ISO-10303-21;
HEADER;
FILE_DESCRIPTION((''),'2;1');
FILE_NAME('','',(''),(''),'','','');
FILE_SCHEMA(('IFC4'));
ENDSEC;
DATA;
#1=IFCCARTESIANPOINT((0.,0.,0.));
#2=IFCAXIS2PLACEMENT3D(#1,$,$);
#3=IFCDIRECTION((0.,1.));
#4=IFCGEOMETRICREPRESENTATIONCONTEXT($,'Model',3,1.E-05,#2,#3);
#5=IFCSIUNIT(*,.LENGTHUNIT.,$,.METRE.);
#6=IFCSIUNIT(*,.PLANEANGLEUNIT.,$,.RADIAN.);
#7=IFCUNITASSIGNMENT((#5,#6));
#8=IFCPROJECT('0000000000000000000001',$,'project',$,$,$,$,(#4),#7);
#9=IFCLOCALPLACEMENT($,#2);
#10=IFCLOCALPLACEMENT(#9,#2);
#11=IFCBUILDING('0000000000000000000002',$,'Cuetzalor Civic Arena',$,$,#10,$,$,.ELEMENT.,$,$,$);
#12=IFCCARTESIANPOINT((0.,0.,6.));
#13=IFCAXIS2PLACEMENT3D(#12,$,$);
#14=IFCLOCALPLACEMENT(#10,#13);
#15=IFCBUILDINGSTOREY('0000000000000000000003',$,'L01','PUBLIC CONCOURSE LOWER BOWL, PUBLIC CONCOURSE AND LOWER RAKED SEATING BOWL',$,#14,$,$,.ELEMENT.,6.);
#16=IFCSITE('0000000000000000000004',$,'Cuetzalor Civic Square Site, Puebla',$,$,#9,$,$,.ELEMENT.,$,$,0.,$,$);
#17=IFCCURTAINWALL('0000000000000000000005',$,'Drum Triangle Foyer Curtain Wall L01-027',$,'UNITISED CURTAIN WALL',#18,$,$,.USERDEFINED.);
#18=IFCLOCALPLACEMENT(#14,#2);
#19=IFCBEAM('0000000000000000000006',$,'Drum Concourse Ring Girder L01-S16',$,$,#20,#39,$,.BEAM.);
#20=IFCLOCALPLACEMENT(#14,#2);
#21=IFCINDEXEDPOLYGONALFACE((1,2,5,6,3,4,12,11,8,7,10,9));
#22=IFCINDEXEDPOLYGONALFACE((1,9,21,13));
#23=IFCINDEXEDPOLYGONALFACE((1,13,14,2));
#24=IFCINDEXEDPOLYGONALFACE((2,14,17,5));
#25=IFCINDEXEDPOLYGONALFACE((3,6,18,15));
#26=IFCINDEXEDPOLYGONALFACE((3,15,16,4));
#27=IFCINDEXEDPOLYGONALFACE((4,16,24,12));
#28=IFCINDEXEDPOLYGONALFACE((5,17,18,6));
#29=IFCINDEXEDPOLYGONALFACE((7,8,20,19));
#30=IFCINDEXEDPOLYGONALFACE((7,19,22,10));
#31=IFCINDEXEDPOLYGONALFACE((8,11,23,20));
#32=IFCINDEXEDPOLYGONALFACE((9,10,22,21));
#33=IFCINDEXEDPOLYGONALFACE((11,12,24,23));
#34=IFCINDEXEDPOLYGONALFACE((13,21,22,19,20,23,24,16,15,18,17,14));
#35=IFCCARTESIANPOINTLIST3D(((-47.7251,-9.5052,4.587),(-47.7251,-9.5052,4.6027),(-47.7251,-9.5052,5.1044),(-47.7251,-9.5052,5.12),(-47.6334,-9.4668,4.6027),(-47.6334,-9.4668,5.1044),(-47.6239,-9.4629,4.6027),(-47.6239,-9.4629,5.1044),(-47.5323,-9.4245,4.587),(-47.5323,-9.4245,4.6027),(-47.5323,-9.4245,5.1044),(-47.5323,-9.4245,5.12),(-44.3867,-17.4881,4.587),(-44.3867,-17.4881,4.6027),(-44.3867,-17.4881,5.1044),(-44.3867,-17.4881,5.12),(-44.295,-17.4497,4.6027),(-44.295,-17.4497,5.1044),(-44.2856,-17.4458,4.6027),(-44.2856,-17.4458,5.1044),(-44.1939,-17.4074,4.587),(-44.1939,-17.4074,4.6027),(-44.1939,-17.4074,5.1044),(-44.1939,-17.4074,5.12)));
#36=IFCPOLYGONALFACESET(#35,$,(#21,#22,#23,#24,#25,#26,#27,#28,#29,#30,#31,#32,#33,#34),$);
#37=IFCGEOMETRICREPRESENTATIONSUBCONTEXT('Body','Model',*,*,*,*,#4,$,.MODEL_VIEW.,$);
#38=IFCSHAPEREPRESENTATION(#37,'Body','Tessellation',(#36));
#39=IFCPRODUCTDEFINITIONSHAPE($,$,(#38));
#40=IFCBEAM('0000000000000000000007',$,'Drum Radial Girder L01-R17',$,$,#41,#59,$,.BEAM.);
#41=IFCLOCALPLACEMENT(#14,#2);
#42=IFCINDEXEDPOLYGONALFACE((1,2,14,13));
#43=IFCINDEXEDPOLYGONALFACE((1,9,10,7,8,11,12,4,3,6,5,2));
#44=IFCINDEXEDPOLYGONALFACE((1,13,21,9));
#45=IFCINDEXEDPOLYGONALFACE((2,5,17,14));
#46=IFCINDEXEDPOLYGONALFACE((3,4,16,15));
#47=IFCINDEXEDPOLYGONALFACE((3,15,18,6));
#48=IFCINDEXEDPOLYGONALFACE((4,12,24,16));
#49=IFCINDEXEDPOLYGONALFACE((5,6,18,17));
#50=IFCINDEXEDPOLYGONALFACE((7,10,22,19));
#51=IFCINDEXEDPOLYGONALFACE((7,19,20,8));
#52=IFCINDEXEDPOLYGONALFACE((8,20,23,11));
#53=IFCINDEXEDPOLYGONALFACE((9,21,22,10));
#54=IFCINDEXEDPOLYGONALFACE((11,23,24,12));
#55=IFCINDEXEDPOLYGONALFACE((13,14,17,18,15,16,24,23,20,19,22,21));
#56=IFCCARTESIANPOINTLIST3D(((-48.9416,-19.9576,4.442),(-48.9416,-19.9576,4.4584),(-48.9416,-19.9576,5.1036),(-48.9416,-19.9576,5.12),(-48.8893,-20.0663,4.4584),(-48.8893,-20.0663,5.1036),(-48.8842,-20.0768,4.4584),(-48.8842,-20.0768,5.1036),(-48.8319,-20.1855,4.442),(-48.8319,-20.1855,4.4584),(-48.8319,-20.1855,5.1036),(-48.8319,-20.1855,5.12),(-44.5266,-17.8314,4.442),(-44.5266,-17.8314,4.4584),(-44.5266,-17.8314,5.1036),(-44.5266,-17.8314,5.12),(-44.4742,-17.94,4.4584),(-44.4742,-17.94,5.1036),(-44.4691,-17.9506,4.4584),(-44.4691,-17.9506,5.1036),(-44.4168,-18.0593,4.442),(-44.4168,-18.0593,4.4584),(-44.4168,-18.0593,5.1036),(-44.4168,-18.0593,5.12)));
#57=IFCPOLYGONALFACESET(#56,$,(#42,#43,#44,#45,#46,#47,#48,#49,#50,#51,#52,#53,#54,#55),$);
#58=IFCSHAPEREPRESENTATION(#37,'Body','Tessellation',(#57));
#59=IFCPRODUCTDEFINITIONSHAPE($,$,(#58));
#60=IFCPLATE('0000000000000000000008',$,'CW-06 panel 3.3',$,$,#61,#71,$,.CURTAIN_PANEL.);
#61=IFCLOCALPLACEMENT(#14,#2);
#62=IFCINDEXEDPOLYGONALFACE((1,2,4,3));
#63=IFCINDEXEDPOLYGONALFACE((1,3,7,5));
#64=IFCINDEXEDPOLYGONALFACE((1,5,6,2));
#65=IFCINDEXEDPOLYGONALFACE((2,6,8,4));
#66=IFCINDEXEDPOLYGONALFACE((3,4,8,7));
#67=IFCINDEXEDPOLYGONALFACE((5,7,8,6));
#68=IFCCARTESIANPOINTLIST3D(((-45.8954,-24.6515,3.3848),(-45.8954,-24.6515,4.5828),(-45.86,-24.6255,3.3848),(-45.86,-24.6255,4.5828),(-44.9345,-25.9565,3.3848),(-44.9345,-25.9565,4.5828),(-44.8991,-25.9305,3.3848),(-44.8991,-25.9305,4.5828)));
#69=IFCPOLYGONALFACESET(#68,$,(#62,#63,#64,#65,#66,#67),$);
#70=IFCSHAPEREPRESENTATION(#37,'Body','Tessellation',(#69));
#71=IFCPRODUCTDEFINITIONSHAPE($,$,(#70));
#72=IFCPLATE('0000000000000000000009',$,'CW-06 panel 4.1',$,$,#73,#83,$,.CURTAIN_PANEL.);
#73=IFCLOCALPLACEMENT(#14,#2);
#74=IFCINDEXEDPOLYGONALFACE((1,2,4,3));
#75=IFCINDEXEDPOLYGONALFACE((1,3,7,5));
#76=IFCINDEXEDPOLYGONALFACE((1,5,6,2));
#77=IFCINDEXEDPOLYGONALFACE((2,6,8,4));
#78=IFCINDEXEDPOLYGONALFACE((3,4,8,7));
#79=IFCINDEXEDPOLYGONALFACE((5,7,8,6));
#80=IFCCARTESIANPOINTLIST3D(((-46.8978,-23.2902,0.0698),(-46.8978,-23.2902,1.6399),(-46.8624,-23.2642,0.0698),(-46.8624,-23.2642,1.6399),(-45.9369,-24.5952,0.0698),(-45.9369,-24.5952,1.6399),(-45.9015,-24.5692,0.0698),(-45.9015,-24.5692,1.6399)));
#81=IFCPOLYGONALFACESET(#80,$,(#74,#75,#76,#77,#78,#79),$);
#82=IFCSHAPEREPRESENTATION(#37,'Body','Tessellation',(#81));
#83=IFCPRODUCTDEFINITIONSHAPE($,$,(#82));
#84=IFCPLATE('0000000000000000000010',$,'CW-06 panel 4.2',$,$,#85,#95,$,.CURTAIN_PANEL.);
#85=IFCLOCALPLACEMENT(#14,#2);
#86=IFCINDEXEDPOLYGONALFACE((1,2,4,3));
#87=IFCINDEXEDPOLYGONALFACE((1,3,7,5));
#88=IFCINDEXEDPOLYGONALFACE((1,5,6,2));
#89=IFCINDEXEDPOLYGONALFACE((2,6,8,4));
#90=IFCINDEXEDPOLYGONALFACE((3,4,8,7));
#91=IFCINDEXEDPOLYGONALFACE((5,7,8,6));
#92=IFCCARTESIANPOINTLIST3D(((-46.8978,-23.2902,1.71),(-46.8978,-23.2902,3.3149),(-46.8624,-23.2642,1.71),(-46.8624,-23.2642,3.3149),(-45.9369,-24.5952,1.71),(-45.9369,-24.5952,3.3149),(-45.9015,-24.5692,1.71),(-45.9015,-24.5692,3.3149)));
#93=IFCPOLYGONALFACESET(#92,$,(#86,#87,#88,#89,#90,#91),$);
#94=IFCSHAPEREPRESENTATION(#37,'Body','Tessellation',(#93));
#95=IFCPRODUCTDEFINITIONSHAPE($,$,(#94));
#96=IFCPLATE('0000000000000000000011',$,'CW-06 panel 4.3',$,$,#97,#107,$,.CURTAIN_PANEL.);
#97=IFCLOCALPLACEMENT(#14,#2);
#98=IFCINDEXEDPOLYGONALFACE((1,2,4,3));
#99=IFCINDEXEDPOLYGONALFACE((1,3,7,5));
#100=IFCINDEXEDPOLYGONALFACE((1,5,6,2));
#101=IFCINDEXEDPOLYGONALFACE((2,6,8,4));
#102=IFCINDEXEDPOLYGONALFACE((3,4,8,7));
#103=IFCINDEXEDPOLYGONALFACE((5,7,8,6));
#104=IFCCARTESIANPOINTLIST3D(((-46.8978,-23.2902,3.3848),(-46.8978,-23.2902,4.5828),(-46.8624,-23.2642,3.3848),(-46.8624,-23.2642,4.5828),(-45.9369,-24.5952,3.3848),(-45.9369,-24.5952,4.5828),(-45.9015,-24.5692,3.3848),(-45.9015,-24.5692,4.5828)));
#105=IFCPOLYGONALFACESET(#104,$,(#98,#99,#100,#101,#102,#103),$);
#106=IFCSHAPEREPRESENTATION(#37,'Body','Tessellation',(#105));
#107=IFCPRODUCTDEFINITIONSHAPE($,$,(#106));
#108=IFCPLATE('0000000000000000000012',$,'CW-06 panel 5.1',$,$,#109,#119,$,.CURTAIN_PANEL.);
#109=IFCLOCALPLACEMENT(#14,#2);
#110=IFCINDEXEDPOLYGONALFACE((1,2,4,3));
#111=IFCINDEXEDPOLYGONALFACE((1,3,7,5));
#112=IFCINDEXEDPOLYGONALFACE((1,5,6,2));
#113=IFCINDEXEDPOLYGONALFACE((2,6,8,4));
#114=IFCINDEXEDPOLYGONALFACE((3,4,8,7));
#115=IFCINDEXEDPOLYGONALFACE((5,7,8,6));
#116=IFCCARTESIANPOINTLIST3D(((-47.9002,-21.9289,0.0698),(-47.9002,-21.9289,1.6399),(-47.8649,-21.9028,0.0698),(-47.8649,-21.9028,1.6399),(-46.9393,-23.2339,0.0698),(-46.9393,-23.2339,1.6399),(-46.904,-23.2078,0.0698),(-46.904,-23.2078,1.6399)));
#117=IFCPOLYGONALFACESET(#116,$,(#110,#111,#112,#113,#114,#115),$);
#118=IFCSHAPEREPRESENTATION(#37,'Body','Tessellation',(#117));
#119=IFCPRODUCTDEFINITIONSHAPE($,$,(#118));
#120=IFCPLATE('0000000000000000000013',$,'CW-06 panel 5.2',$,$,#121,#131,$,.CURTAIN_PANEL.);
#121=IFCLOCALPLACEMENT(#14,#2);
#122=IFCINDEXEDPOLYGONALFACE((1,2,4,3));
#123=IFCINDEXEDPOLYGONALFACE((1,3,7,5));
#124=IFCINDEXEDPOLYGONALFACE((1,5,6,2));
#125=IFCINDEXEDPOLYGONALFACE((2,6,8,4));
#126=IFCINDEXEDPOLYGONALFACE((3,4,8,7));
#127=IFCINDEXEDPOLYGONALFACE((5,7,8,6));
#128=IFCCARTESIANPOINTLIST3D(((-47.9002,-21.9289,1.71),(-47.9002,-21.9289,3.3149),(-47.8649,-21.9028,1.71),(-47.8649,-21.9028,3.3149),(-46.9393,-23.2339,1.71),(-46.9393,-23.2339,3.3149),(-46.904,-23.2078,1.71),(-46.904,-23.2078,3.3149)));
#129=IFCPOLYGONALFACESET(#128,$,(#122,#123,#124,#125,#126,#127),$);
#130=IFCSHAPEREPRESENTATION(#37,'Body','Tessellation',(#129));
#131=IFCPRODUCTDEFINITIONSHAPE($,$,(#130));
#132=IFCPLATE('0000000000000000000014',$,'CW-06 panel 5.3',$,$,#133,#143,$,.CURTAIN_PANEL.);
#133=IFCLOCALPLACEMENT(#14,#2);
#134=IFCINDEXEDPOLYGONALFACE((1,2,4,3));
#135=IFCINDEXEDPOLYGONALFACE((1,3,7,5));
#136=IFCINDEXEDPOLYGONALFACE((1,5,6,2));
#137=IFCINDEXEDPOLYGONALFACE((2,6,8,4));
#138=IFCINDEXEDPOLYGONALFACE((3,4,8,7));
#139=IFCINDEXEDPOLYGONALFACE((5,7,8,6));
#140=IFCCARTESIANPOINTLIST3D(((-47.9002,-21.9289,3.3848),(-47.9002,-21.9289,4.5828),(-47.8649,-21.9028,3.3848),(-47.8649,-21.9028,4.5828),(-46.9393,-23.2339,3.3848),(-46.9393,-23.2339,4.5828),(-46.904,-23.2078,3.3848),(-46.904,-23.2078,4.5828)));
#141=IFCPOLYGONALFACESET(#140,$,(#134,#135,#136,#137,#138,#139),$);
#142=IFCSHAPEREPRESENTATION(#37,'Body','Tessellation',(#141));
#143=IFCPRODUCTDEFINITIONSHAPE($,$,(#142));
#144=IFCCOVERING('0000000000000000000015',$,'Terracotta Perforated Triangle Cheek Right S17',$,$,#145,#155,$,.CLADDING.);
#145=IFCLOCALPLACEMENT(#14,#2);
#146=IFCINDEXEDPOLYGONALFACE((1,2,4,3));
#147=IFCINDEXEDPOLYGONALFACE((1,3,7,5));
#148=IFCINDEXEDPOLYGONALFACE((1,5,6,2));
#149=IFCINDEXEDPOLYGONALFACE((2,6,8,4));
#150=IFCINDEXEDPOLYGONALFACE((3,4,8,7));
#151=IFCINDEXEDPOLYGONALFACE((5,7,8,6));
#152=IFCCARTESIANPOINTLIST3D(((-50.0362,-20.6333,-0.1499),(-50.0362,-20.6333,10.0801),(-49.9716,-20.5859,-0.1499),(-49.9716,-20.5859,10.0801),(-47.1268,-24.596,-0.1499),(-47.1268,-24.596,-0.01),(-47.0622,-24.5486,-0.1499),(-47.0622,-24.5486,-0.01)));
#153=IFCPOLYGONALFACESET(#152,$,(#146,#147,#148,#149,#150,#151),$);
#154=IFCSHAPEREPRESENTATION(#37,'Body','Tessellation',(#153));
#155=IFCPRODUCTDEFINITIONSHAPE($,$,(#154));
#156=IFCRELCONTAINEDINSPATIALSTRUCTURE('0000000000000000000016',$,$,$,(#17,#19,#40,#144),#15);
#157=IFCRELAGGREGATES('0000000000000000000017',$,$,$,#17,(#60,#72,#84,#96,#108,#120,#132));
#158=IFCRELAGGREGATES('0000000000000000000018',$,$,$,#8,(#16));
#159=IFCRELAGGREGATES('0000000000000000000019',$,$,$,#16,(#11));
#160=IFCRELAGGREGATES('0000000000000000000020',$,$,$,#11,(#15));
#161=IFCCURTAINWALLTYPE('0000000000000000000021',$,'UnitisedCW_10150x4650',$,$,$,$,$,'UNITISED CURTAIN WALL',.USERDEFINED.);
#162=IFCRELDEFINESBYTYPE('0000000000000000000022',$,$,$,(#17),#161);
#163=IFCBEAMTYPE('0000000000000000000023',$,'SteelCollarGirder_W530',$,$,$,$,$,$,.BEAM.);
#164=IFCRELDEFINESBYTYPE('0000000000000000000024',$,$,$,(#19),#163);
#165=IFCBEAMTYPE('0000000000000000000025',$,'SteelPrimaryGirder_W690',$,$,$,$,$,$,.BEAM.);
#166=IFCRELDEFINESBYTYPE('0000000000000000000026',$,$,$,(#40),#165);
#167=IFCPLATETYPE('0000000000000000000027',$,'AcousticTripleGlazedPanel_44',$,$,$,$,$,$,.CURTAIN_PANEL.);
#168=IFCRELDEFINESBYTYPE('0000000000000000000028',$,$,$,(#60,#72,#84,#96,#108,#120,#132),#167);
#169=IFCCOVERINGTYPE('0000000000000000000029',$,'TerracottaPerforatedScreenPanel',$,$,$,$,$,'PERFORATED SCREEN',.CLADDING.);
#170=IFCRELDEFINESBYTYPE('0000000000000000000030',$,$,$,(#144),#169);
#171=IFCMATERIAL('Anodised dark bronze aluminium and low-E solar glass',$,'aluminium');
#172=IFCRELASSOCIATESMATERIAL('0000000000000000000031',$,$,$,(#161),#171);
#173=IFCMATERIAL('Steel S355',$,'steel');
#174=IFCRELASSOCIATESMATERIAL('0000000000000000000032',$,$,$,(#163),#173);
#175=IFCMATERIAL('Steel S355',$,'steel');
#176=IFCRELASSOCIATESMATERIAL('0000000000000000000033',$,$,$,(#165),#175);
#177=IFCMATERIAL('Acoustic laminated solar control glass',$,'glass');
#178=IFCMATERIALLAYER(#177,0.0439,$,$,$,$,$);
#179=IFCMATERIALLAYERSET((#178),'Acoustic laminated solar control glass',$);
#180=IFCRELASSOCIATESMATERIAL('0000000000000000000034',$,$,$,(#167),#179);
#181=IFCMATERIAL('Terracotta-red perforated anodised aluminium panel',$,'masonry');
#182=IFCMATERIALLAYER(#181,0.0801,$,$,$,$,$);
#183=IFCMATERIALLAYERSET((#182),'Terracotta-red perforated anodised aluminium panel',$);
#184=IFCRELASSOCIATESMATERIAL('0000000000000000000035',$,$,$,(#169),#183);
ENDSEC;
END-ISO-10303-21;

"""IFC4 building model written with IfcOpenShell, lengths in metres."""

from ifc_helpers import new_model, si_unit, direction, frame, origin, origin_2d, place, context, subcontext, project, spatial, polyline, rectangle, i_section, outline, extrude, material, layer, layer_set, material_profile, profile_set, type_object, element, aggregate, save


model = new_model("IFC4")

# Units and contexts
model_context = context("Model", 3, precision=1e-05, world=origin(), true_north=direction((0.0, 1.0)))
body_context = subcontext(model_context, "Body", "Model", "MODEL_VIEW")
ifc_project = project(units=[si_unit("LENGTHUNIT", "METRE"), si_unit("PLANEANGLEUNIT", "RADIAN")], contexts=[model_context])

# Site, building, storey
site_placement = place(None, origin())
site = spatial("IfcSite", under=ifc_project, at=site_placement, Name="Cuetzalor Civic Square Site, Puebla", CompositionType="ELEMENT", RefElevation=0.0)
building_placement = place(site_placement, origin())
building = spatial("IfcBuilding", under=site, at=building_placement, Name="Cuetzalor Civic Arena", CompositionType="ELEMENT")
storey_placement = place(building_placement, frame((0.0, 0.0, 6.0)))
storey = spatial("IfcBuildingStorey", under=building, at=storey_placement, Name="L01", Description="PUBLIC CONCOURSE LOWER BOWL, PUBLIC CONCOURSE AND LOWER RAKED SEATING BOWL", CompositionType="ELEMENT", Elevation=6.0)

# Curtain wall
ifc_material_1 = material(Name="Anodised dark bronze aluminium and low-E solar glass", Category="aluminium")
curtain_wall_type = type_object("IfcCurtainWallType", Name="UnitisedCW_10150x4650", ElementType="UNITISED CURTAIN WALL", PredefinedType="USERDEFINED", material=ifc_material_1)
curtain_wall_placement = place(storey_placement, origin())
curtain_wall = element("IfcCurtainWall", 1, at=curtain_wall_placement, inside=storey, type_object=curtain_wall_type, Name="Drum Triangle Foyer Curtain Wall L01-027", ObjectType="UNITISED CURTAIN WALL", PredefinedType="USERDEFINED")

# Beams
ifc_material_2 = material(Name="Steel S355", Category="steel")
ifc_material_profile_1 = material_profile(ifc_material_2, i_section(OverallWidth=0.209, OverallDepth=0.533, WebThickness=0.0103, FlangeThickness=0.0156, at=origin_2d()), Name="W530x92")
ifc_profile_set_1 = profile_set([ifc_material_profile_1], Name="Steel S355")
beam_type_1 = type_object("IfcBeamType", Name="SteelCollarGirder_W530", PredefinedType="BEAM", material=ifc_profile_set_1)
beam_1_placement = place(storey_placement, frame((-47.6287, -9.4648, 4.8535), z_axis=(0.385813, -0.922577, 0.0), x_axis=(0.922577, 0.385813, 0.0)))
element("IfcBeam", 2, at=beam_1_placement, inside=storey, type_object=beam_type_1, Name="Drum Concourse Ring Girder L01-S16", PredefinedType="BEAM", context=body_context, shape_type="SweptSolid", body=[
    extrude(i_section(OverallWidth=0.209, OverallDepth=0.533, WebThickness=0.0103, FlangeThickness=0.0156, at=origin_2d()), origin(), (0.0, 0.0, 1.0), 8.6528),
])
ifc_material_3 = material(Name="Steel S355", Category="steel")
ifc_material_profile_2 = material_profile(ifc_material_3, i_section(OverallWidth=0.2529, OverallDepth=0.678, WebThickness=0.0117, FlangeThickness=0.0164, at=origin_2d()), Name="W690x125")
ifc_profile_set_2 = profile_set([ifc_material_profile_2], Name="Steel S355")
beam_type_2 = type_object("IfcBeamType", Name="SteelPrimaryGirder_W690", PredefinedType="BEAM", material=ifc_profile_set_2)
beam_2_placement = place(storey_placement, frame((-44.4717, -17.9453, 4.781), z_axis=(-0.900965, -0.433892, 0.0), x_axis=(0.433892, -0.900965, 0.0)))
element("IfcBeam", 3, at=beam_2_placement, inside=storey, type_object=beam_type_2, Name="Drum Radial Girder L01-R17", PredefinedType="BEAM", context=body_context, shape_type="SweptSolid", body=[
    extrude(i_section(OverallWidth=0.2529, OverallDepth=0.678, WebThickness=0.0117, FlangeThickness=0.0164, at=origin_2d()), origin(), (0.0, 0.0, 1.0), 4.9004),
])

# Plates
ifc_material_4 = material(Name="Acoustic laminated solar control glass", Category="glass")
ifc_layer_1 = layer(ifc_material_4, 0.0439)
ifc_layer_set_1 = layer_set([ifc_layer_1], Name="Acoustic laminated solar control glass")
plate_type = type_object("IfcPlateType", Name="AcousticTripleGlazedPanel_44", PredefinedType="CURTAIN_PANEL", material=ifc_layer_set_1)
plate_1_placement = place(storey_placement, frame((-45.3972, -25.291, 3.3848), z_axis=(0.0, 0.0, 1.0), x_axis=(-0.592929, 0.805255, 0.0)))
plate_1 = element("IfcPlate", 4, at=plate_1_placement, type_object=plate_type, Name="CW-06 panel 3.3", PredefinedType="CURTAIN_PANEL", context=body_context, shape_type="SweptSolid", body=[
    extrude(rectangle(XDim=1.6206, YDim=0.0439, at=origin_2d()), origin(), (0.0, 0.0, 1.0), 1.198),
])
plate_2_placement = place(storey_placement, frame((-46.3997, -23.9297, 0.0698), z_axis=(0.0, 0.0, 1.0), x_axis=(-0.592929, 0.805255, 0.0)))
plate_2 = element("IfcPlate", 5, at=plate_2_placement, type_object=plate_type, Name="CW-06 panel 4.1", PredefinedType="CURTAIN_PANEL", context=body_context, shape_type="SweptSolid", body=[
    extrude(rectangle(XDim=1.6206, YDim=0.0439, at=origin_2d()), origin(), (0.0, 0.0, 1.0), 1.5701),
])
plate_3_placement = place(storey_placement, frame((-46.3997, -23.9297, 1.71), z_axis=(0.0, 0.0, 1.0), x_axis=(-0.592929, 0.805255, 0.0)))
plate_3 = element("IfcPlate", 6, at=plate_3_placement, type_object=plate_type, Name="CW-06 panel 4.2", PredefinedType="CURTAIN_PANEL", context=body_context, shape_type="SweptSolid", body=[
    extrude(rectangle(XDim=1.6206, YDim=0.0439, at=origin_2d()), origin(), (0.0, 0.0, 1.0), 1.605),
])
plate_4_placement = place(storey_placement, frame((-46.3997, -23.9297, 3.3848), z_axis=(0.0, 0.0, 1.0), x_axis=(-0.592929, 0.805255, 0.0)))
plate_4 = element("IfcPlate", 7, at=plate_4_placement, type_object=plate_type, Name="CW-06 panel 4.3", PredefinedType="CURTAIN_PANEL", context=body_context, shape_type="SweptSolid", body=[
    extrude(rectangle(XDim=1.6206, YDim=0.0439, at=origin_2d()), origin(), (0.0, 0.0, 1.0), 1.198),
])
plate_5_placement = place(storey_placement, frame((-47.4021, -22.5684, 0.0698), z_axis=(0.0, 0.0, 1.0), x_axis=(-0.592929, 0.805255, 0.0)))
plate_5 = element("IfcPlate", 8, at=plate_5_placement, type_object=plate_type, Name="CW-06 panel 5.1", PredefinedType="CURTAIN_PANEL", context=body_context, shape_type="SweptSolid", body=[
    extrude(rectangle(XDim=1.6206, YDim=0.0439, at=origin_2d()), origin(), (0.0, 0.0, 1.0), 1.5701),
])
plate_6_placement = place(storey_placement, frame((-47.4021, -22.5684, 1.71), z_axis=(0.0, 0.0, 1.0), x_axis=(-0.592929, 0.805255, 0.0)))
plate_6 = element("IfcPlate", 9, at=plate_6_placement, type_object=plate_type, Name="CW-06 panel 5.2", PredefinedType="CURTAIN_PANEL", context=body_context, shape_type="SweptSolid", body=[
    extrude(rectangle(XDim=1.6206, YDim=0.0439, at=origin_2d()), origin(), (0.0, 0.0, 1.0), 1.605),
])
plate_7_placement = place(storey_placement, frame((-47.4021, -22.5684, 3.3848), z_axis=(0.0, 0.0, 1.0), x_axis=(-0.592929, 0.805255, 0.0)))
plate_7 = element("IfcPlate", 10, at=plate_7_placement, type_object=plate_type, Name="CW-06 panel 5.3", PredefinedType="CURTAIN_PANEL", context=body_context, shape_type="SweptSolid", body=[
    extrude(rectangle(XDim=1.6206, YDim=0.0439, at=origin_2d()), origin(), (0.0, 0.0, 1.0), 1.198),
])
aggregate(curtain_wall, [plate_1, plate_2, plate_3, plate_4, plate_5, plate_6, plate_7])

# Covering
ifc_material_5 = material(Name="Terracotta-red perforated anodised aluminium panel", Category="masonry")
ifc_layer_2 = layer(ifc_material_5, 0.0801)
ifc_layer_set_2 = layer_set([ifc_layer_2], Name="Terracotta-red perforated anodised aluminium panel")
covering_type = type_object("IfcCoveringType", Name="TerracottaPerforatedScreenPanel", ElementType="PERFORATED SCREEN", PredefinedType="CLADDING", material=ifc_layer_set_2)
covering_placement = place(storey_placement, frame((-47.0945, -24.5723, -0.1499), z_axis=(0.0, 0.0, 1.0), x_axis=(-0.591824, 0.806067, 0.0)))
element("IfcCovering", 11, at=covering_placement, inside=storey, type_object=covering_type, Name="Terracotta Perforated Triangle Cheek Right S17", PredefinedType="CLADDING", context=body_context, shape_type="SweptSolid", body=[
    extrude(outline(polyline([(0.0, 0.0), (4.916, 0.0), (4.916, 10.23), (0.0, 0.1399), (0.0, 0.0)])), frame((0.0, 0.04, 0.0), z_axis=(0.0, -1.0, 0.0), x_axis=(1.0, 0.0, 0.0)), (0.0, 0.0, 1.0), 0.0801),
])

save(model, "model.ifc")
